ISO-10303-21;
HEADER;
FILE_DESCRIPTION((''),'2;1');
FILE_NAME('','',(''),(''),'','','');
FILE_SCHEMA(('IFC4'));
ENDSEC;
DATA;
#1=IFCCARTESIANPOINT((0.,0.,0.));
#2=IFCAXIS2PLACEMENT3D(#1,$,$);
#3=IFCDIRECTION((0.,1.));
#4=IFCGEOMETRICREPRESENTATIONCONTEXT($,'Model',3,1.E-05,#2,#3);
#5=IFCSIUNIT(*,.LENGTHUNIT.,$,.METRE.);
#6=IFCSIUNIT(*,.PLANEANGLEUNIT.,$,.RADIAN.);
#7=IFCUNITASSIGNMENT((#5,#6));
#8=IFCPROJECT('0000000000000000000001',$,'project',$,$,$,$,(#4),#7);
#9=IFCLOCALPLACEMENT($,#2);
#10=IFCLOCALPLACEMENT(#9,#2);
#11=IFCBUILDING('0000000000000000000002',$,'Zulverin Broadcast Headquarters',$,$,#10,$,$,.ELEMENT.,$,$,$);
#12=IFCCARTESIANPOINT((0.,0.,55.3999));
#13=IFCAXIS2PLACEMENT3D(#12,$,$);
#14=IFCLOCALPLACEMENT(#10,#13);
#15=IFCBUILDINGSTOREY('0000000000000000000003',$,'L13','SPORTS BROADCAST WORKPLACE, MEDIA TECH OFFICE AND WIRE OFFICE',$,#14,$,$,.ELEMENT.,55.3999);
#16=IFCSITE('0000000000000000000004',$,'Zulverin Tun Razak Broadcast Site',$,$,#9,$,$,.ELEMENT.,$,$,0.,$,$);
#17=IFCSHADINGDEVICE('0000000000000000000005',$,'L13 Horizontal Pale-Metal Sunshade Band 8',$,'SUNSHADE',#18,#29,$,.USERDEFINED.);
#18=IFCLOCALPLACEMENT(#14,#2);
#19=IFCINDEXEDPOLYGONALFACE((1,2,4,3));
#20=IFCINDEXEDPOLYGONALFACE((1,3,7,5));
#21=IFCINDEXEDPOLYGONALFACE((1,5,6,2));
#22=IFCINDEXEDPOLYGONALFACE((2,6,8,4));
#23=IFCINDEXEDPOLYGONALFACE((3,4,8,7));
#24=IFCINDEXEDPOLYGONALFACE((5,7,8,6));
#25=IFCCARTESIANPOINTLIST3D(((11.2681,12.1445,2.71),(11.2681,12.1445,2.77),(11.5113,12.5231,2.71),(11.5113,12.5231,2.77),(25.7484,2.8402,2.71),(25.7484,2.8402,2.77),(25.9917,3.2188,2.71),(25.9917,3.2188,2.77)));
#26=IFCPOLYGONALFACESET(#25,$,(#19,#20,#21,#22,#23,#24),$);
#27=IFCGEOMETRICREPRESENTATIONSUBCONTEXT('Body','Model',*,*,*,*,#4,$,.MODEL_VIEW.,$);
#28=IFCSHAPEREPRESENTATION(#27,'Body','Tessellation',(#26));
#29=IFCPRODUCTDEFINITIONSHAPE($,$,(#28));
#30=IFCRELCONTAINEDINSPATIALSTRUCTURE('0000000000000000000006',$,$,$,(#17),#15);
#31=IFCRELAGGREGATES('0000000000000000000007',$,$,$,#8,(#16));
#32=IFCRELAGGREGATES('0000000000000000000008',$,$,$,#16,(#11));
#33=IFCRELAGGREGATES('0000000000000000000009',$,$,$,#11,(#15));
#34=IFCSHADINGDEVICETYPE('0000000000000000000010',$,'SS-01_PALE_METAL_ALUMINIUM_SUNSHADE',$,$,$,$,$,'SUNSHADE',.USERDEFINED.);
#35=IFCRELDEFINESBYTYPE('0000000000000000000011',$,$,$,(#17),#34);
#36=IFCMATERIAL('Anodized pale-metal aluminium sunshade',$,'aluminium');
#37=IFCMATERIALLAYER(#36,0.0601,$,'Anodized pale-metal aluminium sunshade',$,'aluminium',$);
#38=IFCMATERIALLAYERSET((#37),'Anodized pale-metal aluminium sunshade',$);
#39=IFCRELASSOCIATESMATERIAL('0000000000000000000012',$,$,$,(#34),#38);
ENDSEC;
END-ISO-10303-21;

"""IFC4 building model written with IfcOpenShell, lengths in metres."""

from ifc_helpers import new_model, si_unit, direction, frame, origin, origin_2d, place, context, subcontext, project, spatial, rectangle, extrude, material, layer, layer_set, type_object, element, save


model = new_model("IFC4")

# Units and contexts
model_context = context("Model", 3, precision=1e-05, world=origin(), true_north=direction((0.0, 1.0)))
body_context = subcontext(model_context, "Body", "Model", "MODEL_VIEW")
ifc_project = project(units=[si_unit("LENGTHUNIT", "METRE"), si_unit("PLANEANGLEUNIT", "RADIAN")], contexts=[model_context])

# Site, building, storey
site_placement = place(None, origin())
site = spatial("IfcSite", under=ifc_project, at=site_placement, Name="Zulverin Tun Razak Broadcast Site", CompositionType="ELEMENT", RefElevation=0.0)
building_placement = place(site_placement, origin())
building = spatial("IfcBuilding", under=site, at=building_placement, Name="Zulverin Broadcast Headquarters", CompositionType="ELEMENT")
storey_placement = place(building_placement, frame((0.0, 0.0, 55.3999)))
storey = spatial("IfcBuildingStorey", under=building, at=storey_placement, Name="L13", Description="SPORTS BROADCAST WORKPLACE, MEDIA TECH OFFICE AND WIRE OFFICE", CompositionType="ELEMENT", Elevation=55.3999)

# Shading device
ifc_material_1 = material(Name="Anodized pale-metal aluminium sunshade", Category="aluminium")
ifc_layer_1 = layer(ifc_material_1, 0.0601, Name="Anodized pale-metal aluminium sunshade", Category="aluminium")
ifc_layer_set_1 = layer_set([ifc_layer_1], Name="Anodized pale-metal aluminium sunshade")
shading_device_type = type_object("IfcShadingDeviceType", Name="SS-01_PALE_METAL_ALUMINIUM_SUNSHADE", ElementType="SUNSHADE", PredefinedType="USERDEFINED", material=ifc_layer_set_1)
shading_device_placement = place(storey_placement, frame((18.6299, 7.6816, 2.71), z_axis=(0.0, 0.0, 1.0), x_axis=(0.841297, -0.540574, 0.0)))
element("IfcShadingDevice", 1, at=shading_device_placement, inside=storey, type_object=shading_device_type, Name="L13 Horizontal Pale-Metal Sunshade Band 8", ObjectType="SUNSHADE", PredefinedType="USERDEFINED", context=body_context, shape_type="SweptSolid", body=[
    extrude(rectangle(XDim=17.2119, YDim=0.45, at=origin_2d()), origin(), (0.0, 0.0, 1.0), 0.0601),
])

save(model, "model.ifc")
